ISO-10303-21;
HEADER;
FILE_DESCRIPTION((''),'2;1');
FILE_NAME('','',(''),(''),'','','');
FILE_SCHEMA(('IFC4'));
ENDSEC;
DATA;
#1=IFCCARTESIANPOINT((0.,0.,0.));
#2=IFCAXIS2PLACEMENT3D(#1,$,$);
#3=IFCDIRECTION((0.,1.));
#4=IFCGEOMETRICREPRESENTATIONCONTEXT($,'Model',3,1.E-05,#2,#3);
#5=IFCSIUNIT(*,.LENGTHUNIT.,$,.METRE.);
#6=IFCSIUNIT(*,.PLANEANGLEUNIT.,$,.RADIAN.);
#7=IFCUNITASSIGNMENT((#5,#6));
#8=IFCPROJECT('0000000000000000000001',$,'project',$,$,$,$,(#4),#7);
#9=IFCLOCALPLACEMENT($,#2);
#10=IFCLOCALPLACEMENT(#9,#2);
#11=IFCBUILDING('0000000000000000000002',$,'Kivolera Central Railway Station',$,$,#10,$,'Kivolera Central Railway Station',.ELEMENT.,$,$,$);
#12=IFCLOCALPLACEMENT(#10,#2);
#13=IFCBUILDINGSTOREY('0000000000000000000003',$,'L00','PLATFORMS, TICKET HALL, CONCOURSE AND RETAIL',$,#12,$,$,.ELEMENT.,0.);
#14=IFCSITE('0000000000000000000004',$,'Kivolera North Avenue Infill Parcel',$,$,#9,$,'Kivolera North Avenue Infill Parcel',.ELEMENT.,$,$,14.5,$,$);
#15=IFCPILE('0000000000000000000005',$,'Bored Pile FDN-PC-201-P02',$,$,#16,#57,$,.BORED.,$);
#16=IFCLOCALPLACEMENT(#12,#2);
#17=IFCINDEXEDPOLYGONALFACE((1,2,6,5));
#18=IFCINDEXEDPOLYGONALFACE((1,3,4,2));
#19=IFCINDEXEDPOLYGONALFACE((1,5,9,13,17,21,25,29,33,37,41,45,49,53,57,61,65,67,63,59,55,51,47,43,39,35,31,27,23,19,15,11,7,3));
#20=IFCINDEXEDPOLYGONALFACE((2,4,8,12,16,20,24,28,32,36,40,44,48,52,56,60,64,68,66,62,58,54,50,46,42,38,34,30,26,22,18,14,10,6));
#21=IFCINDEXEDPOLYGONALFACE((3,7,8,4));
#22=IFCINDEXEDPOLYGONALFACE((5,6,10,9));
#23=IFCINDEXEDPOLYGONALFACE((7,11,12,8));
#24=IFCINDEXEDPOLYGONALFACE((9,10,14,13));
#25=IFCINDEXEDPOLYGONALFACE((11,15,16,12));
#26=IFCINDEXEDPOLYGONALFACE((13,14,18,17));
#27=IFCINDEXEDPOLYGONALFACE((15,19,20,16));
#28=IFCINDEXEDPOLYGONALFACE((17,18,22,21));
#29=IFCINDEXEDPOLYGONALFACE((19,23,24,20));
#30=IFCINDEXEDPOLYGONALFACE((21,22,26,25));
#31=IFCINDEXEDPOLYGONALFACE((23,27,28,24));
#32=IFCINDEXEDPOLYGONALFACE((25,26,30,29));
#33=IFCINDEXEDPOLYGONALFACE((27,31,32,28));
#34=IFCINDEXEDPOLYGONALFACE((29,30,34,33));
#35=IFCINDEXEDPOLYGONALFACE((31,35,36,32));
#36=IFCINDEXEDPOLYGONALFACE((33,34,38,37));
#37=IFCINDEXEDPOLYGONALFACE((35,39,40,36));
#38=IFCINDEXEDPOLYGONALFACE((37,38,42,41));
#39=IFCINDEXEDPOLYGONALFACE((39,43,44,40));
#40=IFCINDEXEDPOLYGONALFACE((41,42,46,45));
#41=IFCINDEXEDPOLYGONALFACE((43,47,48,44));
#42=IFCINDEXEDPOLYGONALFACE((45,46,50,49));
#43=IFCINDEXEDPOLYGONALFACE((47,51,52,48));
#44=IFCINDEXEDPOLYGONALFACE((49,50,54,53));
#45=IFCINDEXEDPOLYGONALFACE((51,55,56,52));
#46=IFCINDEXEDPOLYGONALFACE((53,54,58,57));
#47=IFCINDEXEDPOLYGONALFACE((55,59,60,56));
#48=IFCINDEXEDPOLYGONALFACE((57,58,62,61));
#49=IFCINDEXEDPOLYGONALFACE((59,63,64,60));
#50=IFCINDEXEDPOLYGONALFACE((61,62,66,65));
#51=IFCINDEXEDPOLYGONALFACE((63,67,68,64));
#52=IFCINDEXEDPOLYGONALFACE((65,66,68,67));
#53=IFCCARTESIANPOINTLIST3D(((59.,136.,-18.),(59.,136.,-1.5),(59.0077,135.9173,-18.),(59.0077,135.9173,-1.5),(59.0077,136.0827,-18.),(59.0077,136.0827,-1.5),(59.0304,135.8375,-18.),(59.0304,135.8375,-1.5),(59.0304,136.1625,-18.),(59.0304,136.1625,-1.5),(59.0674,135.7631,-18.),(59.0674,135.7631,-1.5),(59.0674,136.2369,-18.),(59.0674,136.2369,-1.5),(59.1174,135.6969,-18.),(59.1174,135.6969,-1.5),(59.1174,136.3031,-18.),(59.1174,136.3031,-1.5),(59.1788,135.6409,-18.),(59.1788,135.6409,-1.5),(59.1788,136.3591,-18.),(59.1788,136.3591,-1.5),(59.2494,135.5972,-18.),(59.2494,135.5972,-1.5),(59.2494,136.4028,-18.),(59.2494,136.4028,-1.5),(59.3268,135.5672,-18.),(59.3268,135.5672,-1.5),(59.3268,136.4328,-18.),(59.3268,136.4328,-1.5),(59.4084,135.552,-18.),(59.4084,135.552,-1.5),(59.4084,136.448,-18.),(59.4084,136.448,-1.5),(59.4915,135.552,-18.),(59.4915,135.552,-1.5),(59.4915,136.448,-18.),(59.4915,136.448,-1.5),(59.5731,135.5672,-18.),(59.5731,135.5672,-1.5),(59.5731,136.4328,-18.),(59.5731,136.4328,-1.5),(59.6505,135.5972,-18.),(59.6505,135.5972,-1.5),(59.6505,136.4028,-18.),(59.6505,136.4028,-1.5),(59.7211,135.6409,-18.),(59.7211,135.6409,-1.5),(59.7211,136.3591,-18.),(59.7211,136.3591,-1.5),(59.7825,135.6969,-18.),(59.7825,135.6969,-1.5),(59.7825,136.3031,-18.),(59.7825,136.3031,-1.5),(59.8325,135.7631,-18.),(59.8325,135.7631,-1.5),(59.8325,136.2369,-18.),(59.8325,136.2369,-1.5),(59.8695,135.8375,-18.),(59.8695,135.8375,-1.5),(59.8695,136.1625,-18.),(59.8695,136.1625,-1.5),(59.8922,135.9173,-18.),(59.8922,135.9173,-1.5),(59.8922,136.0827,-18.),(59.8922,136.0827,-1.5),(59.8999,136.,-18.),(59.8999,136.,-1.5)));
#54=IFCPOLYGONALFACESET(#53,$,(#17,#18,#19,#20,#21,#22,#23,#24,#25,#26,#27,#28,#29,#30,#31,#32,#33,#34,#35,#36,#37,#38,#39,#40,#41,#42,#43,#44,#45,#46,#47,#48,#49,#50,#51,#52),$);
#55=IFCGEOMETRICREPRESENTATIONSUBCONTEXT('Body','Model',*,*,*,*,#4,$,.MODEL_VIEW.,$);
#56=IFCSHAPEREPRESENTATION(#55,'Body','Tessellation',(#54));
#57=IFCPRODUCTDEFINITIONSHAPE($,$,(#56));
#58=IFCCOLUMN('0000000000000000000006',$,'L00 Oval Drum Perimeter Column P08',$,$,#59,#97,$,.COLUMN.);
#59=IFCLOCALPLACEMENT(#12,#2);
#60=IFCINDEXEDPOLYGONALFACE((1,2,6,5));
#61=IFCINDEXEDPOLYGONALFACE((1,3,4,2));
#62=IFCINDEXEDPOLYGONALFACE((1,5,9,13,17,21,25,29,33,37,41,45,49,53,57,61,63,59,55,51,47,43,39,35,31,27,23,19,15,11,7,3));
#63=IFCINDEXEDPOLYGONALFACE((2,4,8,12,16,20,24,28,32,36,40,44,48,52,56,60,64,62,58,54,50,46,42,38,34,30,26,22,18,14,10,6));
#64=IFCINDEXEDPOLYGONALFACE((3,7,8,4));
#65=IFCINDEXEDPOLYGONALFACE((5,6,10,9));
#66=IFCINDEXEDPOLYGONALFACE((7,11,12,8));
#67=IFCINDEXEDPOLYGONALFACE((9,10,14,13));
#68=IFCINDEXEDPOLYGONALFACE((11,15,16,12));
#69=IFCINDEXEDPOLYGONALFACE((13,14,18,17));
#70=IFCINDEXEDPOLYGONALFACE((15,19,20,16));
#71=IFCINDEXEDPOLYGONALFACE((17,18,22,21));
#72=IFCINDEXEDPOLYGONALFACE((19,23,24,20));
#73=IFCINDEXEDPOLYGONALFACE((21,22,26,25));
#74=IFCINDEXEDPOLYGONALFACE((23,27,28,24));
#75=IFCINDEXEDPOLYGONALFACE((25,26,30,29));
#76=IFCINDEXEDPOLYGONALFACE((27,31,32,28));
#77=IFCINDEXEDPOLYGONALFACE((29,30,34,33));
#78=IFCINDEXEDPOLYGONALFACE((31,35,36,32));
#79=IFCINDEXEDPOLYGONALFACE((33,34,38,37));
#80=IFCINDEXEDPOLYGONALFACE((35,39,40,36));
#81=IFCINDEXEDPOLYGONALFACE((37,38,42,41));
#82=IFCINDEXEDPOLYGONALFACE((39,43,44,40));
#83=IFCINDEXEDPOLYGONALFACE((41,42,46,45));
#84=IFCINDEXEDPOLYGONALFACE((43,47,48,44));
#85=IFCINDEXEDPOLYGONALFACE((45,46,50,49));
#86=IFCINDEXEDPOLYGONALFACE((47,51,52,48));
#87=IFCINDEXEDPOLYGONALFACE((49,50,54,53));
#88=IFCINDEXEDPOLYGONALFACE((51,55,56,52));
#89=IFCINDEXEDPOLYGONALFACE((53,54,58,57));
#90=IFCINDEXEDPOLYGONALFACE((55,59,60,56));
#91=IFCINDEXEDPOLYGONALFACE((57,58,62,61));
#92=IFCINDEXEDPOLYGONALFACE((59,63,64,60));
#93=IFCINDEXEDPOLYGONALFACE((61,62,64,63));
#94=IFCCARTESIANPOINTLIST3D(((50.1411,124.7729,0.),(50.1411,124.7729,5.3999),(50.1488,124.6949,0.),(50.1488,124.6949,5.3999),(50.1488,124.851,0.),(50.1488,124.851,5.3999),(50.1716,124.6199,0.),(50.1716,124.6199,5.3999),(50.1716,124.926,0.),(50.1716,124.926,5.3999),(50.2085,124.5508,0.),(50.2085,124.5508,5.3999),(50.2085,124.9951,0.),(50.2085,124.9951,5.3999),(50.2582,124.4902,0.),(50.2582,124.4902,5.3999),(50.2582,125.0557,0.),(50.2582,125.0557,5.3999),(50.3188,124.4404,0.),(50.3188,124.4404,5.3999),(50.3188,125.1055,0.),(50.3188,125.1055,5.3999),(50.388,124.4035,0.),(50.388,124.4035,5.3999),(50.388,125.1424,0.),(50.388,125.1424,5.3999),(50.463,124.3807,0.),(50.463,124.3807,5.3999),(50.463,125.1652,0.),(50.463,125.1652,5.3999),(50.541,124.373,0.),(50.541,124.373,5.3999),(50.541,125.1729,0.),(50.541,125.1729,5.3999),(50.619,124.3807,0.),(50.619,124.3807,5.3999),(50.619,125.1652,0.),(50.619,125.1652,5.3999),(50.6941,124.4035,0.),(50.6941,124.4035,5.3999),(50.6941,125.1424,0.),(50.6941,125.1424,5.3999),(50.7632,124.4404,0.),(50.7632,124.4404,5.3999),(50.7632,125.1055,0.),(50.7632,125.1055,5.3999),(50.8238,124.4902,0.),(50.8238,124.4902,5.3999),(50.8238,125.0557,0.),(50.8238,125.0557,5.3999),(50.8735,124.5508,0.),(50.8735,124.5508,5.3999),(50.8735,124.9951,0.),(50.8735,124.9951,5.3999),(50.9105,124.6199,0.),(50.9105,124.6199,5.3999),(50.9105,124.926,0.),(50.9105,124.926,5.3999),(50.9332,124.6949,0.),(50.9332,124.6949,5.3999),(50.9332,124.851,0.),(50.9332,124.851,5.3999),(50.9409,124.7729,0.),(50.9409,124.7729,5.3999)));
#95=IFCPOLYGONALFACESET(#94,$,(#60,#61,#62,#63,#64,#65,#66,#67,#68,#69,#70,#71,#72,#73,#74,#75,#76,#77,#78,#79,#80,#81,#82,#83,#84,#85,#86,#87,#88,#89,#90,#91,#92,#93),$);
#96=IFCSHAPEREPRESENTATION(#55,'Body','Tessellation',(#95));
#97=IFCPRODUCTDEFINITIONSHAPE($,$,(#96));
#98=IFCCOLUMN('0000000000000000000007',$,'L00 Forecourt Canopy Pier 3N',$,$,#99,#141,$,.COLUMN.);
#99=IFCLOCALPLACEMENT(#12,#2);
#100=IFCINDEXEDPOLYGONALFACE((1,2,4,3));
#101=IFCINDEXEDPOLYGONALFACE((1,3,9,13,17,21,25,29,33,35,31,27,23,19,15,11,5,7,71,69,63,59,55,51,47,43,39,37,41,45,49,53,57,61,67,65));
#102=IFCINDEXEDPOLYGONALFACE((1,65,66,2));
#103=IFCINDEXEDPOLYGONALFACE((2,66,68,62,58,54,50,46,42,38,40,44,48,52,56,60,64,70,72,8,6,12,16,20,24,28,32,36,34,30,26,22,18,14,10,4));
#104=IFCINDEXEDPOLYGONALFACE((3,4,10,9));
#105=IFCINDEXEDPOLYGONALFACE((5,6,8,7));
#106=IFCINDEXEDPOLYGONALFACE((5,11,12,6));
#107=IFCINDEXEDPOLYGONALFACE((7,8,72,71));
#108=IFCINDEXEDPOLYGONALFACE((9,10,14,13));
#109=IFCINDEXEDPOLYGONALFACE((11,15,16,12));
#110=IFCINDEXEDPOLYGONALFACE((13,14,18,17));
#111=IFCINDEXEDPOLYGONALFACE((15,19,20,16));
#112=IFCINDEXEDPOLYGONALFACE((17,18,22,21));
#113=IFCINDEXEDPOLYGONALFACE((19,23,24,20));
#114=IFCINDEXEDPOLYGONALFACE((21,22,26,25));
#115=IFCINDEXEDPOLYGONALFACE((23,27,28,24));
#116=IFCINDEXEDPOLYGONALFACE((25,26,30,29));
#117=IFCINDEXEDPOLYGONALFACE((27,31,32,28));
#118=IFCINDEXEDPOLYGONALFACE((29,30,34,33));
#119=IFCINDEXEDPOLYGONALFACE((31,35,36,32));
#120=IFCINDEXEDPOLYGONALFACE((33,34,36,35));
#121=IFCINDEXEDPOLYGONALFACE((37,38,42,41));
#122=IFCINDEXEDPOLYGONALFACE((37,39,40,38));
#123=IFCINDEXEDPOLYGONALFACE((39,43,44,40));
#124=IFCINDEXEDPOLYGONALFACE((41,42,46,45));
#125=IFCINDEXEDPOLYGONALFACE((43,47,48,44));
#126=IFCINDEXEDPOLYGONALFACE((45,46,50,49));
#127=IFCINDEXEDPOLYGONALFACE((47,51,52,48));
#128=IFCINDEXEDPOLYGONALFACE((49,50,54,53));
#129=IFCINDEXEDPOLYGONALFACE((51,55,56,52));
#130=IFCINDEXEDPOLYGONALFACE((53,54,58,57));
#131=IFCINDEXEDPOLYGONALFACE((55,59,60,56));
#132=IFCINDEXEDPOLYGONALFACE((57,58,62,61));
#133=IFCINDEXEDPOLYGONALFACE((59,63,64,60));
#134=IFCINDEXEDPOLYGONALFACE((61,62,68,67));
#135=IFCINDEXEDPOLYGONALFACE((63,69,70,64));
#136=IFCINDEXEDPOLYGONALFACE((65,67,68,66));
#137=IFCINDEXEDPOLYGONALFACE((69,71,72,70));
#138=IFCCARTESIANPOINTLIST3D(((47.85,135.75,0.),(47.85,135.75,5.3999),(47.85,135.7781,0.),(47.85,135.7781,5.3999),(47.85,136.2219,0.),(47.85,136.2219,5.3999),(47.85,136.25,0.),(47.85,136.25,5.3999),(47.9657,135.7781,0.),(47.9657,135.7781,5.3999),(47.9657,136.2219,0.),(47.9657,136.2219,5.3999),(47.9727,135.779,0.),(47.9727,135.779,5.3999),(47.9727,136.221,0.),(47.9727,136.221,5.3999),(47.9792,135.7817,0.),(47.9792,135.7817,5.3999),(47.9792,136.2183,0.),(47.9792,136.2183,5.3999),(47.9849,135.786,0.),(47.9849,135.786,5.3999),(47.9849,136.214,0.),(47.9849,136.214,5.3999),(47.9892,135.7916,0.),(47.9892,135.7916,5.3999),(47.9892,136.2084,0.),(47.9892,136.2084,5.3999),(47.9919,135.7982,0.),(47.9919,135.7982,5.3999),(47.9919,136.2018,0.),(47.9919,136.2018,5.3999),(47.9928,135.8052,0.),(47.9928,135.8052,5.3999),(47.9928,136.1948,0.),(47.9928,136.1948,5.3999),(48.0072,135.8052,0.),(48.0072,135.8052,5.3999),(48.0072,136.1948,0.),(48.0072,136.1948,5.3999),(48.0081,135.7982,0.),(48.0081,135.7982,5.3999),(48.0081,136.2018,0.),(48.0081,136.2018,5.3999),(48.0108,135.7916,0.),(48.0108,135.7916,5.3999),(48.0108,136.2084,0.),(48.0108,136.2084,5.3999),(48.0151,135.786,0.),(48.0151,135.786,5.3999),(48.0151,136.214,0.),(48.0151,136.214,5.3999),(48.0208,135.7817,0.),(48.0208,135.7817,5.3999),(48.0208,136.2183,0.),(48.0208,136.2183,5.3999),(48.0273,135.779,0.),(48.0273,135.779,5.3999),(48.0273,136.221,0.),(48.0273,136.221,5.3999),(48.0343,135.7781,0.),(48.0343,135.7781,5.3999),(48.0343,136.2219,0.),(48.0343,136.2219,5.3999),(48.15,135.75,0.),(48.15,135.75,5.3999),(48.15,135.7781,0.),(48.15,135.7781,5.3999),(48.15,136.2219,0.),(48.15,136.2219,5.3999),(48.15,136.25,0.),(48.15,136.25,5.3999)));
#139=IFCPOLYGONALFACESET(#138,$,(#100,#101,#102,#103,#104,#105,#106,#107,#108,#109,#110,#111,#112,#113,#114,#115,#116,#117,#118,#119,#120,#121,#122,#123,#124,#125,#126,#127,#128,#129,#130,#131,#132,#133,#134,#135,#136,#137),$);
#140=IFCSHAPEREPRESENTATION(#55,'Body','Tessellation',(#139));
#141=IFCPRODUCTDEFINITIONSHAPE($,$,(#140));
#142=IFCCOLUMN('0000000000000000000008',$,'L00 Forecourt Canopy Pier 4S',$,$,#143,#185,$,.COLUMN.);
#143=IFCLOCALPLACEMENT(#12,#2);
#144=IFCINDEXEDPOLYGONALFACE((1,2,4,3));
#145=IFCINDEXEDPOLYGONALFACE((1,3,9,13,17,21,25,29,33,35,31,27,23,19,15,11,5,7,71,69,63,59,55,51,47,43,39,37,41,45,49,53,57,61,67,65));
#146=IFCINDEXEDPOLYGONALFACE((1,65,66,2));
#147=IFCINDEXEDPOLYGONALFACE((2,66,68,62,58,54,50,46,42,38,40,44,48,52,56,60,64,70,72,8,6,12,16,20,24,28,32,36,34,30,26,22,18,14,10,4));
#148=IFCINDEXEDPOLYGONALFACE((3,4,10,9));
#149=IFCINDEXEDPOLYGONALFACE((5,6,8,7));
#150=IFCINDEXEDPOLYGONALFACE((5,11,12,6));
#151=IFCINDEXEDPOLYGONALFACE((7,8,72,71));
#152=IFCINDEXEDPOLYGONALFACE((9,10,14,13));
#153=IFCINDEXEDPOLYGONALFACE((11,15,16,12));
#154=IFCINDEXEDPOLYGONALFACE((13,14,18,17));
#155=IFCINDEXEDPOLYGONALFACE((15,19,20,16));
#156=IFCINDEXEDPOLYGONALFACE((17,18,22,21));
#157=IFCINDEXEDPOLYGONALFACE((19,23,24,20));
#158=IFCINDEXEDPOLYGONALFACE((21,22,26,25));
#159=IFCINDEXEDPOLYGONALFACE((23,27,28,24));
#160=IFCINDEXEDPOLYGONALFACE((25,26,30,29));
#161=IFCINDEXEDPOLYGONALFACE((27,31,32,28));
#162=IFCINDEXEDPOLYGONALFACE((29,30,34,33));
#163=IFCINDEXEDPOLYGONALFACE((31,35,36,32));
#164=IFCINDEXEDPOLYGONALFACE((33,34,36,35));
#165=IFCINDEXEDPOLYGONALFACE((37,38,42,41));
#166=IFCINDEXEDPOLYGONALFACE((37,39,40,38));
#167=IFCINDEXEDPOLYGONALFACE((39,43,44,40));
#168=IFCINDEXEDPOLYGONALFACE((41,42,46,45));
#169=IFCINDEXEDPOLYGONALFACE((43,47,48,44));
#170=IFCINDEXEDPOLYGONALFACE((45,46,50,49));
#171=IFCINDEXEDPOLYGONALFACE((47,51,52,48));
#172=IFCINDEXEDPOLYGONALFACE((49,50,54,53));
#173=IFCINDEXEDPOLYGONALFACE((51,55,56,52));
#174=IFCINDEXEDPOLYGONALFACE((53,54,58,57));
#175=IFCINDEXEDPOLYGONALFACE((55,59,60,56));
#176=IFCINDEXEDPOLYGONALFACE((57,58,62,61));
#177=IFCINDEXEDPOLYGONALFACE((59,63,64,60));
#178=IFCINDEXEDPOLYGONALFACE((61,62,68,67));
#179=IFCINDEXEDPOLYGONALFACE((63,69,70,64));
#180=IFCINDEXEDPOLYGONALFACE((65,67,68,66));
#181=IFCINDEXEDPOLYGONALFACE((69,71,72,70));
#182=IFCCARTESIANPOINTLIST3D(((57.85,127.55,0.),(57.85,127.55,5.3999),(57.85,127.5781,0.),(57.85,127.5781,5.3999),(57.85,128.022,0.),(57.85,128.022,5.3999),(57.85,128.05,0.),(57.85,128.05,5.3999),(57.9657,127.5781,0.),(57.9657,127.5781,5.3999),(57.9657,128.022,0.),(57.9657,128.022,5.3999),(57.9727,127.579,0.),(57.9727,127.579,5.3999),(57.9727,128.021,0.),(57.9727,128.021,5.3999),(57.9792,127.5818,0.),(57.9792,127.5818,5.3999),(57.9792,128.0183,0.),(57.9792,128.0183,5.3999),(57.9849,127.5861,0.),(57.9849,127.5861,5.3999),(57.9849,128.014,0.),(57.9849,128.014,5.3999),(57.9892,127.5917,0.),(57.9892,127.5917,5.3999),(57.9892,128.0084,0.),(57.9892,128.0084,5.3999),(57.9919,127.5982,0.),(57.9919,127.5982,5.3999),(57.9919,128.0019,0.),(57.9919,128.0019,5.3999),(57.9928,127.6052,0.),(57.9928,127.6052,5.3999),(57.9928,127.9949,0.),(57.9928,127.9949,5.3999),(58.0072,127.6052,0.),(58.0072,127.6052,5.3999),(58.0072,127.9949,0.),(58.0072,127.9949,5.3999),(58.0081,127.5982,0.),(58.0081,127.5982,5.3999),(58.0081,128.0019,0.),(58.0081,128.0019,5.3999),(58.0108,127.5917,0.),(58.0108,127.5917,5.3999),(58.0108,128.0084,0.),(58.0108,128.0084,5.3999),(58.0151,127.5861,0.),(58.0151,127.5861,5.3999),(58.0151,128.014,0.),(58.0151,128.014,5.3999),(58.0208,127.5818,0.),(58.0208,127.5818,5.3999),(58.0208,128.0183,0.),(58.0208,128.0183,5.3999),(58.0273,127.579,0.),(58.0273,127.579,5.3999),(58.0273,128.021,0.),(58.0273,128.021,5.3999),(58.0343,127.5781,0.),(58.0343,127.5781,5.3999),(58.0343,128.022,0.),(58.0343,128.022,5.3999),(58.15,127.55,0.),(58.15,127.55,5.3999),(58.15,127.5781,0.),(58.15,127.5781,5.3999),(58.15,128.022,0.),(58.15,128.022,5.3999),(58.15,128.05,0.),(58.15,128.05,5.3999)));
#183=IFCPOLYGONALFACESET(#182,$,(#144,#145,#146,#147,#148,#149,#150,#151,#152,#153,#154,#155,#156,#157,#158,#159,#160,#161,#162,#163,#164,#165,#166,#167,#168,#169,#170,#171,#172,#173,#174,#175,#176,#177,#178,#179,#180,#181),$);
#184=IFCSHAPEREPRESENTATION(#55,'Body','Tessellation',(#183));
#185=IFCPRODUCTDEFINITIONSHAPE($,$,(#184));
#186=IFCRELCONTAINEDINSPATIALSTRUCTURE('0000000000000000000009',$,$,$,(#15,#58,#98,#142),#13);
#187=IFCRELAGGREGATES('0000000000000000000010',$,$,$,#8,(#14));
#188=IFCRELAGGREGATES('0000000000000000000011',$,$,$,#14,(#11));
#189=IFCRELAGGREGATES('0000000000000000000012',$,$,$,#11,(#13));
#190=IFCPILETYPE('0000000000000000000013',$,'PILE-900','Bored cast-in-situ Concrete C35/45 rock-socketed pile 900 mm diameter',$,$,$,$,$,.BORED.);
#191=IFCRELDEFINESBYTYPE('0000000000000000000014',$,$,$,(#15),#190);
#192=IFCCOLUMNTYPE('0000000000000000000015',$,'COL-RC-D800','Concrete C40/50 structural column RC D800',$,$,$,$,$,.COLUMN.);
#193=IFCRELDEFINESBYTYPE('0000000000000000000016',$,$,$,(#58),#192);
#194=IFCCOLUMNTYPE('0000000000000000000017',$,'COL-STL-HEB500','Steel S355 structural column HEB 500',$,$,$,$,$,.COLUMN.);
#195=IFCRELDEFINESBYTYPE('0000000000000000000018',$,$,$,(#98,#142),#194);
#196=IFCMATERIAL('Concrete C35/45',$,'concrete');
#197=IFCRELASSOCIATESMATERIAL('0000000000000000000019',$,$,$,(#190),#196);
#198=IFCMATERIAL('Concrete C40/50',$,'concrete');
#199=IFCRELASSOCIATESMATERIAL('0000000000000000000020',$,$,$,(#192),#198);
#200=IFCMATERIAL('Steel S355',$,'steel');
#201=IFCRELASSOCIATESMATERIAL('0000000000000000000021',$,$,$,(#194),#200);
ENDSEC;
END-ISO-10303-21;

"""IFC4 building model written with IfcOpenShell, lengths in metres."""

from ifc_helpers import new_model, si_unit, direction, frame, origin, origin_2d, place, context, subcontext, project, spatial, circle, i_section, extrude, material, material_profile, profile_set, type_object, element, save


model = new_model("IFC4")

# Units and contexts
model_context = context("Model", 3, precision=1e-05, world=origin(), true_north=direction((0.0, 1.0)))
body_context = subcontext(model_context, "Body", "Model", "MODEL_VIEW")
ifc_project = project(units=[si_unit("LENGTHUNIT", "METRE"), si_unit("PLANEANGLEUNIT", "RADIAN")], contexts=[model_context])

# Site, building, storey
site_placement = place(None, origin())
site = spatial("IfcSite", under=ifc_project, at=site_placement, Name="Kivolera North Avenue Infill Parcel", LongName="Kivolera North Avenue Infill Parcel", CompositionType="ELEMENT", RefElevation=14.5)
building_placement = place(site_placement, origin())
building = spatial("IfcBuilding", under=site, at=building_placement, Name="Kivolera Central Railway Station", LongName="Kivolera Central Railway Station", CompositionType="ELEMENT")
storey_placement = place(building_placement, origin())
storey = spatial("IfcBuildingStorey", under=building, at=storey_placement, Name="L00", Description="PLATFORMS, TICKET HALL, CONCOURSE AND RETAIL", CompositionType="ELEMENT", Elevation=0.0)

# Shared definitions
ifc_material_1 = material(Name="Concrete C35/45", Category="concrete")

# Pile
ifc_material_profile_1 = material_profile(ifc_material_1, circle(Radius=0.45, at=origin_2d()), Name="PILE D900")
ifc_profile_set_1 = profile_set([ifc_material_profile_1], Name="Concrete C35/45")
pile_type_1 = type_object("IfcPileType", Name="PILE-900", Description="Bored cast-in-situ Concrete C35/45 rock-socketed pile 900 mm diameter", PredefinedType="BORED", material=ifc_profile_set_1)
for number, where, z_axis, x_axis, name in (
    (1, (59.45, 136.0, -1.5), (0.0, 0.0, -1.0), (1.0, 0.0, 0.0), "Bored Pile FDN-PC-201-P02"),
):
    element("IfcPile", number, at=place(storey_placement, frame(where, z_axis=z_axis, x_axis=x_axis)), inside=storey, type_object=pile_type_1, Name=name, PredefinedType="BORED", context=body_context, shape_type="SweptSolid", body=[
        extrude(circle(Radius=0.45, at=origin_2d()), origin(), (0.0, 0.0, 1.0), 16.5),
    ])

# Columns
ifc_material_2 = material(Name="Concrete C40/50", Category="concrete")
ifc_material_profile_2 = material_profile(ifc_material_2, circle(Radius=0.3999, at=origin_2d()), Name="RC D800")
ifc_profile_set_2 = profile_set([ifc_material_profile_2], Name="Concrete C40/50")
column_type_1 = type_object("IfcColumnType", Name="COL-RC-D800", Description="Concrete C40/50 structural column RC D800", PredefinedType="COLUMN", material=ifc_profile_set_2)
column_placement = place(storey_placement, frame((50.541, 124.7729, 0.0), z_axis=(0.0, 0.0, 1.0), x_axis=(1.0, 0.0, 0.0)))
element("IfcColumn", 2, at=column_placement, inside=storey, type_object=column_type_1, Name="L00 Oval Drum Perimeter Column P08", PredefinedType="COLUMN", context=body_context, shape_type="SweptSolid", body=[
    extrude(circle(Radius=0.3999, at=origin_2d()), origin(), (0.0, 0.0, 1.0), 5.3999),
])
ifc_material_3 = material(Name="Steel S355", Category="steel")
ifc_material_profile_3 = material_profile(ifc_material_3, i_section(OverallWidth=0.3, OverallDepth=0.5, WebThickness=0.0144, FlangeThickness=0.0281, FilletRadius=0.0271, at=origin_2d()), Name="HEB 500")
ifc_profile_set_3 = profile_set([ifc_material_profile_3], Name="Steel S355")
column_type_2 = type_object("IfcColumnType", Name="COL-STL-HEB500", Description="Steel S355 structural column HEB 500", PredefinedType="COLUMN", material=ifc_profile_set_3)
for number, where, z_axis, x_axis, name in (
    (3, (48.0, 136.0, 0.0), (0.0, 0.0, 1.0), (1.0, 0.0, 0.0), "L00 Forecourt Canopy Pier 3N"),
    (4, (58.0, 127.8, 0.0), (0.0, 0.0, 1.0), (1.0, 0.0, 0.0), "L00 Forecourt Canopy Pier 4S"),
):
    element("IfcColumn", number, at=place(storey_placement, frame(where, z_axis=z_axis, x_axis=x_axis)), inside=storey, type_object=column_type_2, Name=name, PredefinedType="COLUMN", context=body_context, shape_type="SweptSolid", body=[
        extrude(i_section(OverallWidth=0.3, OverallDepth=0.5, WebThickness=0.0144, FlangeThickness=0.0281, FilletRadius=0.0271, at=origin_2d()), origin(), (0.0, 0.0, 1.0), 5.3999),
    ])

save(model, "model.ifc")
